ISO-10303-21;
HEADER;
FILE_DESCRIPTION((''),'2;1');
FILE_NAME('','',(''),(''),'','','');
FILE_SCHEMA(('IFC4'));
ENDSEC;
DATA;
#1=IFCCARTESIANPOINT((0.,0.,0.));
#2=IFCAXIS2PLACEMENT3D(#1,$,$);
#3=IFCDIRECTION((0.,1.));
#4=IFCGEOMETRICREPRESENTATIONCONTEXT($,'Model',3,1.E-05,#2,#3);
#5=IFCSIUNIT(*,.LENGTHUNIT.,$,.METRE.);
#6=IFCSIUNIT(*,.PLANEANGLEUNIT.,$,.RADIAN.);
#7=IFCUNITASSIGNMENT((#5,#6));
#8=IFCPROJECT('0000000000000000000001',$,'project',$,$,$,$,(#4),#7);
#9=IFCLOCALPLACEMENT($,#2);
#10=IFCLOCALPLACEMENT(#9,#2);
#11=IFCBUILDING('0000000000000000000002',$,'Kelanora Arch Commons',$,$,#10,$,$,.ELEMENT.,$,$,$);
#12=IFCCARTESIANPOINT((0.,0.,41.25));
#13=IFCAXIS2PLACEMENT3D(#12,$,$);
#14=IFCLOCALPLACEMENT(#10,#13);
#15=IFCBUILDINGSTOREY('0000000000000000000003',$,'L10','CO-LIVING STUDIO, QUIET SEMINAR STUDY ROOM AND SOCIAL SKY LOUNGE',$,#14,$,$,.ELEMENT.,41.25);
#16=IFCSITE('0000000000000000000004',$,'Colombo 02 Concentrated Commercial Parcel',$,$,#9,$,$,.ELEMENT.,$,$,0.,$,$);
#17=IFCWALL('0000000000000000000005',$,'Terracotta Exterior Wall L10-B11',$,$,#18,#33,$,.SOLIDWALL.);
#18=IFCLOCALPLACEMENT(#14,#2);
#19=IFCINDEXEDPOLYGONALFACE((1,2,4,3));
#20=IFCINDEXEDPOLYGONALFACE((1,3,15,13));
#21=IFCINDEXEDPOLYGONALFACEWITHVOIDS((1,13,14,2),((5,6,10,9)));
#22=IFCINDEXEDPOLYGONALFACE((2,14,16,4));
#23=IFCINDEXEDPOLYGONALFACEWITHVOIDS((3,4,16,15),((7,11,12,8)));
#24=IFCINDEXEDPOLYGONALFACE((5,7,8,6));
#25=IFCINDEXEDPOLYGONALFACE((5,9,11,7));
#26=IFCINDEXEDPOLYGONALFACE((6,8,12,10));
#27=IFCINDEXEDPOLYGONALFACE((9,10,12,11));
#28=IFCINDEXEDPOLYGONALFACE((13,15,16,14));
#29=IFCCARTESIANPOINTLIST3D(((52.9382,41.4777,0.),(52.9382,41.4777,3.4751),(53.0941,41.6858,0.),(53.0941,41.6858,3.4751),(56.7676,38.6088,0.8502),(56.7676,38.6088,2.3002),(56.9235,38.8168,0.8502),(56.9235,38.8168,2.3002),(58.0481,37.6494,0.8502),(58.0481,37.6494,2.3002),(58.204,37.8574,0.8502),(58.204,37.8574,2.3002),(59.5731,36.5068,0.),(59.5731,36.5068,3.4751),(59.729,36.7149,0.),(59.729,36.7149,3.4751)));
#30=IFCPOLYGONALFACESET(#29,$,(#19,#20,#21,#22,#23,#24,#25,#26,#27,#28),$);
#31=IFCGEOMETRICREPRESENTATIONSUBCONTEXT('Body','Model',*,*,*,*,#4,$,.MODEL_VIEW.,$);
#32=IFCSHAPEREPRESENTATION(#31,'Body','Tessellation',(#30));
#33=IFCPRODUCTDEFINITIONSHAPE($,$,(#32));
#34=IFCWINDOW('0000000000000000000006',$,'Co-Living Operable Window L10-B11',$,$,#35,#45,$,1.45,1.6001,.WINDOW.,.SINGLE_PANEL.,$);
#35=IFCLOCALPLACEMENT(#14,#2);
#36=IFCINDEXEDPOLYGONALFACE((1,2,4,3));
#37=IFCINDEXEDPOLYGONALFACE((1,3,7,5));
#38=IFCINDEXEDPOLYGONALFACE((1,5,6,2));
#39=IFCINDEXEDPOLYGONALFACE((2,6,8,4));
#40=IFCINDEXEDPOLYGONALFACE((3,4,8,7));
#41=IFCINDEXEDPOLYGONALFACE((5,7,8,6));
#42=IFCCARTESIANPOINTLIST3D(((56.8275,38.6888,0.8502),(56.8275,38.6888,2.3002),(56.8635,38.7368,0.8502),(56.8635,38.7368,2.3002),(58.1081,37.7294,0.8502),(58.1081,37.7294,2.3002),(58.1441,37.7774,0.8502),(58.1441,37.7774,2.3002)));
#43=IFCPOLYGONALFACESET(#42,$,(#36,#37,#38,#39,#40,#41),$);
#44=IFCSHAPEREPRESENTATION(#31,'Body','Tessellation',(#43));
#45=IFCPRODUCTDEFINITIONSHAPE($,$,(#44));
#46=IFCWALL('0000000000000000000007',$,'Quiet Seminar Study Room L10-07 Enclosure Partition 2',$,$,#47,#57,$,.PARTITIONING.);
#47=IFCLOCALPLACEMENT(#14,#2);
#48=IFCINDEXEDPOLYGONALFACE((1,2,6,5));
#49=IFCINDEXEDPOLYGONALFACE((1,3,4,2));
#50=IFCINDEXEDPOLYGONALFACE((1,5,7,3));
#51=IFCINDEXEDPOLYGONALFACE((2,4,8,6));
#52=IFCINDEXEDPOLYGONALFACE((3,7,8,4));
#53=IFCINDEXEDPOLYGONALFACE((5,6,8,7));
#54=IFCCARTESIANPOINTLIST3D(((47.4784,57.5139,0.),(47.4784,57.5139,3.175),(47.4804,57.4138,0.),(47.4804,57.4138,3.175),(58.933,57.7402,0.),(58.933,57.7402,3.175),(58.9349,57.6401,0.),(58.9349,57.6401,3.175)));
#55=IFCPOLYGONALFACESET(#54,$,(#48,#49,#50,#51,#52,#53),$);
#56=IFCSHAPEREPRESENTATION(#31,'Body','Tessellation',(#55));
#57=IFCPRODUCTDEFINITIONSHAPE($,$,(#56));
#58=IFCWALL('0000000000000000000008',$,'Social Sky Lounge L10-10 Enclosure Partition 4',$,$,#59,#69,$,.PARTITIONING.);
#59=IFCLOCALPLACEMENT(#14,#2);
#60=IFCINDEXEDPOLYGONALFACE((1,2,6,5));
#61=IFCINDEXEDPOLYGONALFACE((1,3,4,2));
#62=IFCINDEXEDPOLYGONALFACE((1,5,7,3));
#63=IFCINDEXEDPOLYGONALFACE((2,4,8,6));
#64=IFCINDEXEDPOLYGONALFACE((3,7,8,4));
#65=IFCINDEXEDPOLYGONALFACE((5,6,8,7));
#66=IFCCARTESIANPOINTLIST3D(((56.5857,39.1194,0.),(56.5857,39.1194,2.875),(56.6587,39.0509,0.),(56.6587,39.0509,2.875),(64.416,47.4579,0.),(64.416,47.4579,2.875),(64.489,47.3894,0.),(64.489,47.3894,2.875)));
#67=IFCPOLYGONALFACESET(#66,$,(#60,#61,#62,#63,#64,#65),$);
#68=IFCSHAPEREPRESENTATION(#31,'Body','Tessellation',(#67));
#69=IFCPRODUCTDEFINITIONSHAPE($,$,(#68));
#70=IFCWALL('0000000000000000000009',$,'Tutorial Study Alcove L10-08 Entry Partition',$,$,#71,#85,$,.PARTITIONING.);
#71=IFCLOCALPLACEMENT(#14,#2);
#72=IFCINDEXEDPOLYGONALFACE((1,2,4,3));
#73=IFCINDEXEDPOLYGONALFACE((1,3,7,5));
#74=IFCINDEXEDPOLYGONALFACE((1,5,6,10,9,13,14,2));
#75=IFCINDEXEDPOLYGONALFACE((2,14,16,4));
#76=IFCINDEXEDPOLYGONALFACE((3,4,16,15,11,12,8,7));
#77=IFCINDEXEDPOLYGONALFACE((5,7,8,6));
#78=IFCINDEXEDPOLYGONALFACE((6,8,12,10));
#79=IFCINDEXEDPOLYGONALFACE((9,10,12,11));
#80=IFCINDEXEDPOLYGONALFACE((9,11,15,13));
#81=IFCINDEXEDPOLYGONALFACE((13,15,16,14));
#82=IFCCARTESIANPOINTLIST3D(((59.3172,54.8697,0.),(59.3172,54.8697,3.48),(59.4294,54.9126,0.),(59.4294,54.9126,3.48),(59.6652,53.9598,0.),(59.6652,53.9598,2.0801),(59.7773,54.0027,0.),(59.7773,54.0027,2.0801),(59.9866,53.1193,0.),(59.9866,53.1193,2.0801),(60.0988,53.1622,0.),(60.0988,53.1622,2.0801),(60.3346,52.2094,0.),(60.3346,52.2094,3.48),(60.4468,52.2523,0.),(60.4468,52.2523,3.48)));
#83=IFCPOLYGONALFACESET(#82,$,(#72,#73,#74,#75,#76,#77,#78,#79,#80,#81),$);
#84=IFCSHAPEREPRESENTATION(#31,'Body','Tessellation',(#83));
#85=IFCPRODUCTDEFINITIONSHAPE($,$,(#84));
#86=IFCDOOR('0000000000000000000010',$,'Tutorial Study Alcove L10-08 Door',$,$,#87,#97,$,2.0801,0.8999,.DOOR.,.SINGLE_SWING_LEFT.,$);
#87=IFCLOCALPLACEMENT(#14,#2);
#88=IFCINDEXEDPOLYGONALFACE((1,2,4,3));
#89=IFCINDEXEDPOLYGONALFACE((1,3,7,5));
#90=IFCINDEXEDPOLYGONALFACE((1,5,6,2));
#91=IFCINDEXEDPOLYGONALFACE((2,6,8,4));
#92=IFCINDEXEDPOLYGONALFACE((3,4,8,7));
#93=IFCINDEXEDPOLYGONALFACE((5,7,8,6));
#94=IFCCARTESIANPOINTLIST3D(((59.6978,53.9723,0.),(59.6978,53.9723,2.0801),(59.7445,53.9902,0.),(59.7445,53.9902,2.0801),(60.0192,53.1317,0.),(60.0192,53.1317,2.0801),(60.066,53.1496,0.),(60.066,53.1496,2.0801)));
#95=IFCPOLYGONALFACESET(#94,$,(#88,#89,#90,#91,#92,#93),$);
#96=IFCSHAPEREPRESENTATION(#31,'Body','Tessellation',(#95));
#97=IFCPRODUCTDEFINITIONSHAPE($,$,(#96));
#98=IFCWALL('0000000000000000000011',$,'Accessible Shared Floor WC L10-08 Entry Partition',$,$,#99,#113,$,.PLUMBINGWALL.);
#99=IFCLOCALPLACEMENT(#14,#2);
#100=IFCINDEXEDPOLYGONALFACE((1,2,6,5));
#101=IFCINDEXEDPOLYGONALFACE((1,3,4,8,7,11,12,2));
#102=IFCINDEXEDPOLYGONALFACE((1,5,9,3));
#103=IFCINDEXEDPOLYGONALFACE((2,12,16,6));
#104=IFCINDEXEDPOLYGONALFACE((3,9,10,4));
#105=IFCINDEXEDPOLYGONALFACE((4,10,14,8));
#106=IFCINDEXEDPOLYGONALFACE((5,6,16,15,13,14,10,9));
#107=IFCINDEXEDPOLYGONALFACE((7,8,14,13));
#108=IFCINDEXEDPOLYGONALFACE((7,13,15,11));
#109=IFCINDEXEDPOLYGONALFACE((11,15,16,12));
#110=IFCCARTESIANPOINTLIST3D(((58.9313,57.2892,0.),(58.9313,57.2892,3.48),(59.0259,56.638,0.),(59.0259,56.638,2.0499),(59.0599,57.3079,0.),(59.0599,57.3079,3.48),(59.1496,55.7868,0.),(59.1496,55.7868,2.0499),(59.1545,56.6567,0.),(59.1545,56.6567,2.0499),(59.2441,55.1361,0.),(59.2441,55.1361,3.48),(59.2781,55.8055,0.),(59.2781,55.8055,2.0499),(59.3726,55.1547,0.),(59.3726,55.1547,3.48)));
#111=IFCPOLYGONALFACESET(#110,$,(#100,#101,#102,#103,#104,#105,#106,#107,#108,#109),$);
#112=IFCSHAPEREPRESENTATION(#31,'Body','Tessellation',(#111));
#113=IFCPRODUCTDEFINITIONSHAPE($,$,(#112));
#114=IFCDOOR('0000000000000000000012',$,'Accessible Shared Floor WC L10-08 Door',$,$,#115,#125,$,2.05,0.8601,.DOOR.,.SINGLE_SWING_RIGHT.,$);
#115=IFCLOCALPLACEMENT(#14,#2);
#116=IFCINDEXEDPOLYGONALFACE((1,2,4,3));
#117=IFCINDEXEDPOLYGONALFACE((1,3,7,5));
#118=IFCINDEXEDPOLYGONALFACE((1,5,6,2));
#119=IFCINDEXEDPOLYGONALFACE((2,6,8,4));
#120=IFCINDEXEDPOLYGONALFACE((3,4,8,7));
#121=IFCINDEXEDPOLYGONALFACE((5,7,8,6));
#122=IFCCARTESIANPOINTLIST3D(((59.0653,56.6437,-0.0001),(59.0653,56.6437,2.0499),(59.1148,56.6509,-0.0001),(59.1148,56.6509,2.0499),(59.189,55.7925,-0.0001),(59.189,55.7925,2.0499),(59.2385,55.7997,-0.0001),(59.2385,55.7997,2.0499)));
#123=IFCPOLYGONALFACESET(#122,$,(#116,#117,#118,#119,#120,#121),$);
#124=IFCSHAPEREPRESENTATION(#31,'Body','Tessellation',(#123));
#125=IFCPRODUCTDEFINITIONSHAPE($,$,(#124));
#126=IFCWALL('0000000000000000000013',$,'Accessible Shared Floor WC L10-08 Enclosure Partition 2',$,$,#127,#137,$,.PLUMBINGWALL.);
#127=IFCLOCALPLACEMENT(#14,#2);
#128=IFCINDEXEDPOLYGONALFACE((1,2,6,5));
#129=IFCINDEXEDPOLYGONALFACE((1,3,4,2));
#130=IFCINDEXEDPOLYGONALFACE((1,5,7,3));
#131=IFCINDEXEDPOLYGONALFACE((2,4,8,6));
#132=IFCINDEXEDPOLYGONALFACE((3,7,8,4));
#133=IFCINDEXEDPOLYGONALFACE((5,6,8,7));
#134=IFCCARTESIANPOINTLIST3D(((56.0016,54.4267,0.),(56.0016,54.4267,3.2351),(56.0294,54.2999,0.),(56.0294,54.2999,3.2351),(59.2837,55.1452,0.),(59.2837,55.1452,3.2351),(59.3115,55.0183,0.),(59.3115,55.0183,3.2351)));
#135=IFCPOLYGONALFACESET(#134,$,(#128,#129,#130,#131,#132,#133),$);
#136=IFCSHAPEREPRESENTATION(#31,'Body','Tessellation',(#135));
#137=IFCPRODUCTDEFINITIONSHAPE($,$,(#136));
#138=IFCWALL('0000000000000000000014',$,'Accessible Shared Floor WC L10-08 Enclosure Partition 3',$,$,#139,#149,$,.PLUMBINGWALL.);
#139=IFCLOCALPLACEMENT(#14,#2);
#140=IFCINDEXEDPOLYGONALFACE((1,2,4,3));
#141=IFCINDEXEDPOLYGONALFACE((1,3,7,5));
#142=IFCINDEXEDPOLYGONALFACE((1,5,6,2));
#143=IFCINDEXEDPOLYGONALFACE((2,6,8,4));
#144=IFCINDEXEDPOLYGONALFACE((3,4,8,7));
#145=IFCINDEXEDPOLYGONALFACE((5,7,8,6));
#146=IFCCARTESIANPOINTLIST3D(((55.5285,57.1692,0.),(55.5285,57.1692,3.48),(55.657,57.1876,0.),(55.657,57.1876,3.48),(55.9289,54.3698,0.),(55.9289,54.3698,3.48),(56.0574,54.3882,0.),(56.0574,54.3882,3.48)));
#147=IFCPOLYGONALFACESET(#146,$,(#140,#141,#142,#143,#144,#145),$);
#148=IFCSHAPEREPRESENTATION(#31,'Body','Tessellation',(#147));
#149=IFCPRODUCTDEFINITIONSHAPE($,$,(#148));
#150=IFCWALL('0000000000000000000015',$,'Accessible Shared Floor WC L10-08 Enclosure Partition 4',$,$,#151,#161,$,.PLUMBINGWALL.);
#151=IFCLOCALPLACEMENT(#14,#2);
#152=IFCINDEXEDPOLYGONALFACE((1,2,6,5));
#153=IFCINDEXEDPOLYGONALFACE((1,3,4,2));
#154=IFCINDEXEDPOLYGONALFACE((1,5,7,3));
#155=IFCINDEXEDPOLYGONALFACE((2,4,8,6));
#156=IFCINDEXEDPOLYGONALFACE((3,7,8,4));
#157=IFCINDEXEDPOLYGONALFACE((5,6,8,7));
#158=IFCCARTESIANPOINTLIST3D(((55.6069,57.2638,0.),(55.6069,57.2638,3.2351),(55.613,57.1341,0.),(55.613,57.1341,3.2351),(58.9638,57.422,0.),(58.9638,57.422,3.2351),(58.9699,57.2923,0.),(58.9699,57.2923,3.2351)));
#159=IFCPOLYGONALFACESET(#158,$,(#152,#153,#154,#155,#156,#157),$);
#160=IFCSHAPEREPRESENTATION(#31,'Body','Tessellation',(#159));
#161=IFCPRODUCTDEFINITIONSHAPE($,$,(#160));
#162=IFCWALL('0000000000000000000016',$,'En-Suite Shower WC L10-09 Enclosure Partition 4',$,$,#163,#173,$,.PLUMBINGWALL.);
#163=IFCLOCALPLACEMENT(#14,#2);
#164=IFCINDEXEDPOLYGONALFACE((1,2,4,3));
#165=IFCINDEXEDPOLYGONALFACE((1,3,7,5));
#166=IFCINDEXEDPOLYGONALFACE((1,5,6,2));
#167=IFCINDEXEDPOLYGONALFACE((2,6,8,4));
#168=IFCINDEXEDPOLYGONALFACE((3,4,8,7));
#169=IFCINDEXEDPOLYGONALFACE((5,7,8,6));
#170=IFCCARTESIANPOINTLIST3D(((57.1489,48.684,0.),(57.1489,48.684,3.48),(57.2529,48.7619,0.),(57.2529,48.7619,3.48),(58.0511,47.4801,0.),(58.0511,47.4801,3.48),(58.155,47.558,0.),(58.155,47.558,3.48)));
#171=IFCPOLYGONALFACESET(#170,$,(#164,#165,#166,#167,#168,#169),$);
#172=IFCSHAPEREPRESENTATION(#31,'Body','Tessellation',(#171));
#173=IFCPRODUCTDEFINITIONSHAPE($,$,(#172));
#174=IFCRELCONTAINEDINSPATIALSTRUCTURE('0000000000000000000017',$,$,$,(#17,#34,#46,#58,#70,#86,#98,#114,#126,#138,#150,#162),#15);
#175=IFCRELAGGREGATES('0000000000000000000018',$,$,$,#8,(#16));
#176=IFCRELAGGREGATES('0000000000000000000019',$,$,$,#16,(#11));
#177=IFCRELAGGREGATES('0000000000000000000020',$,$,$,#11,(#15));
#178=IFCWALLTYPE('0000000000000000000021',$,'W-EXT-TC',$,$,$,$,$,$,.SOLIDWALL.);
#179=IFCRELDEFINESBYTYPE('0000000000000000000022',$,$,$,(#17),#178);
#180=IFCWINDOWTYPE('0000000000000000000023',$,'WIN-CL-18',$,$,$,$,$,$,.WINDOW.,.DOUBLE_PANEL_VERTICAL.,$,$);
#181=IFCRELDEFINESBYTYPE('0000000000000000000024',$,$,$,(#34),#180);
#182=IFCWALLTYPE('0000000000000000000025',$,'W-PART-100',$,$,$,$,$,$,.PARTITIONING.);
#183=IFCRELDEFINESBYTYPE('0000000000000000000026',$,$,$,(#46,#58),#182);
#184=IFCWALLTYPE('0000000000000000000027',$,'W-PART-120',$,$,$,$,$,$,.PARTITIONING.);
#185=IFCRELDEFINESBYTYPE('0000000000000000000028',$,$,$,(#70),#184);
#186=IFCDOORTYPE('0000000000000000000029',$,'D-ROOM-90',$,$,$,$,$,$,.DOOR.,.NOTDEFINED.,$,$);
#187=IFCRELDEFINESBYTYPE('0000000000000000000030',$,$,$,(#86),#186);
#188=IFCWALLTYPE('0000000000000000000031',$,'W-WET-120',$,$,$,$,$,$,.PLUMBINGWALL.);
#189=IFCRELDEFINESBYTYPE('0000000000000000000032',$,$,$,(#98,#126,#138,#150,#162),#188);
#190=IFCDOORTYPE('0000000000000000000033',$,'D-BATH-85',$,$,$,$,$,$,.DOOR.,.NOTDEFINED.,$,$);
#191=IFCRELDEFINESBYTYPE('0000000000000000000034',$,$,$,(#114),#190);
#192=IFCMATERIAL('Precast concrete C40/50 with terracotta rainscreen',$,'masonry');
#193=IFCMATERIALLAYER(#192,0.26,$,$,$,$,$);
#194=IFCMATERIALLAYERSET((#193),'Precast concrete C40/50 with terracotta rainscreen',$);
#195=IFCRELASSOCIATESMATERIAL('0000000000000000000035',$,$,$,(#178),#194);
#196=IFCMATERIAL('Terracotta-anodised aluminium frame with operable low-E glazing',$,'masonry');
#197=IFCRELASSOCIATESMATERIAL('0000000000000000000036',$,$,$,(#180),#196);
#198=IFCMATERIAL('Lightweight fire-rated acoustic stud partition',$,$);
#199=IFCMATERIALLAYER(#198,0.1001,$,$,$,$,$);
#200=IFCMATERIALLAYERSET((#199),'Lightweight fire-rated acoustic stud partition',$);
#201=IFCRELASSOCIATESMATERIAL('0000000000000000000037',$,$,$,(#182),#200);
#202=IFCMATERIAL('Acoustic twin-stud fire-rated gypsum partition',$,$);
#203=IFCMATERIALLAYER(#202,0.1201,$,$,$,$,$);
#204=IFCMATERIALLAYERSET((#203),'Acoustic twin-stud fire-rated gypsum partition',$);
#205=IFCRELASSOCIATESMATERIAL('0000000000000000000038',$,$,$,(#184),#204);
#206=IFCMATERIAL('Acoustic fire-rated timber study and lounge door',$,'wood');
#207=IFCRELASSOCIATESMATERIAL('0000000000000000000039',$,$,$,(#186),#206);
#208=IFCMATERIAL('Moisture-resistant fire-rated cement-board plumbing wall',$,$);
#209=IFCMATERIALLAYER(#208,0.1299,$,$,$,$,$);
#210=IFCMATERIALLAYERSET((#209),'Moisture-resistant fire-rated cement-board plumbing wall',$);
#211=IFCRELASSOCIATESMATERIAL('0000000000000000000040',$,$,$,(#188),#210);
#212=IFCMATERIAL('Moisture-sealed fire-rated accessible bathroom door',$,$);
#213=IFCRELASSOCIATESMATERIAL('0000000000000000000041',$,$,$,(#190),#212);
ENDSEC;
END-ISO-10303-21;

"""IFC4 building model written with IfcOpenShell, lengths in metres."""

from ifc_helpers import new_model, si_unit, direction, frame, frame_2d, origin, place, context, subcontext, project, spatial, rectangle, extrude, material, layer, layer_set, type_object, element, fill, save


model = new_model("IFC4")

# Units and contexts
model_context = context("Model", 3, precision=1e-05, world=origin(), true_north=direction((0.0, 1.0)))
body_context = subcontext(model_context, "Body", "Model", "MODEL_VIEW")
ifc_project = project(units=[si_unit("LENGTHUNIT", "METRE"), si_unit("PLANEANGLEUNIT", "RADIAN")], contexts=[model_context])

# Site, building, storey
site_placement = place(None, origin())
site = spatial("IfcSite", under=ifc_project, at=site_placement, Name="Colombo 02 Concentrated Commercial Parcel", CompositionType="ELEMENT", RefElevation=0.0)
building_placement = place(site_placement, origin())
building = spatial("IfcBuilding", under=site, at=building_placement, Name="Kelanora Arch Commons", CompositionType="ELEMENT")
storey_placement = place(building_placement, frame((0.0, 0.0, 41.25)))
storey = spatial("IfcBuildingStorey", under=building, at=storey_placement, Name="L10", Description="CO-LIVING STUDIO, QUIET SEMINAR STUDY ROOM AND SOCIAL SKY LOUNGE", CompositionType="ELEMENT", Elevation=41.25)

# Wall, opening, window
ifc_material_1 = material(Name="Precast concrete C40/50 with terracotta rainscreen", Category="masonry")
ifc_layer_1 = layer(ifc_material_1, 0.26)
ifc_layer_set_1 = layer_set([ifc_layer_1], Name="Precast concrete C40/50 with terracotta rainscreen")
wall_type_1 = type_object("IfcWallType", Name="W-EXT-TC", PredefinedType="SOLIDWALL", material=ifc_layer_set_1)
wall_1_placement = place(storey_placement, frame((53.0161, 41.5818, 0.0), z_axis=(0.0, 0.0, 1.0), x_axis=(0.800307, -0.59959, 0.0)))
wall_1 = element("IfcWall", 1, at=wall_1_placement, inside=storey, type_object=wall_type_1, Name="Terracotta Exterior Wall L10-B11", PredefinedType="SOLIDWALL", context=body_context, shape_type="SweptSolid", body=[
    extrude(rectangle(XDim=8.2905, YDim=0.26, at=frame_2d((4.1453, 0.0))), origin(), (0.0, 0.0, 1.0), 3.4751),
])
opening_1_placement = place(wall_1_placement, frame((4.7849, 0.0, 0.8501)))
opening_1 = element("IfcOpeningElement", 2, at=opening_1_placement, cuts=wall_1, PredefinedType="OPENING", context=body_context, shape_type="SweptSolid", body=[
    extrude(rectangle(XDim=1.6001, YDim=1.45, at=frame_2d((0.8, 0.7251))), frame((0.0, 0.1401, 0.0), z_axis=(0.0, -1.0, 0.0), x_axis=(1.0, 0.0, 0.0)), (0.0, 0.0, 1.0), 0.28),
])
ifc_material_2 = material(Name="Terracotta-anodised aluminium frame with operable low-E glazing", Category="masonry")
window_type = type_object("IfcWindowType", Name="WIN-CL-18", PartitioningType="DOUBLE_PANEL_VERTICAL", PredefinedType="WINDOW", material=ifc_material_2)
window_placement = place(opening_1_placement, origin())
window = element("IfcWindow", 3, at=window_placement, inside=storey, type_object=window_type, Name="Co-Living Operable Window L10-B11", OverallHeight=1.45, OverallWidth=1.6001, PartitioningType="SINGLE_PANEL", PredefinedType="WINDOW", context=body_context, shape_type="SweptSolid", body=[
    extrude(rectangle(XDim=1.6001, YDim=1.45, at=frame_2d((0.8, 0.7251))), frame((0.0, 0.03, 0.0), z_axis=(0.0, -1.0, 0.0), x_axis=(1.0, 0.0, 0.0)), (0.0, 0.0, 1.0), 0.0601),
])
fill(opening_1, window)

# Walls
ifc_material_3 = material(Name="Lightweight fire-rated acoustic stud partition")
ifc_layer_2 = layer(ifc_material_3, 0.1001)
ifc_layer_set_2 = layer_set([ifc_layer_2], Name="Lightweight fire-rated acoustic stud partition")
wall_type_2 = type_object("IfcWallType", Name="W-PART-100", PredefinedType="PARTITIONING", material=ifc_layer_set_2)
wall_2_placement = place(storey_placement, frame((58.9341, 57.6902, 0.0), z_axis=(0.0, 0.0, 1.0), x_axis=(-0.999805, -0.019754, 0.0)))
element("IfcWall", 4, at=wall_2_placement, inside=storey, type_object=wall_type_2, Name="Quiet Seminar Study Room L10-07 Enclosure Partition 2", PredefinedType="PARTITIONING", context=body_context, shape_type="SweptSolid", body=[
    extrude(rectangle(XDim=11.4568, YDim=0.1001, at=frame_2d((5.7285, 0.0))), origin(), (0.0, 0.0, 1.0), 3.175),
])
wall_3_placement = place(storey_placement, frame((56.6223, 39.0852, 0.0), z_axis=(0.0, 0.0, 1.0), x_axis=(0.684539, 0.728976, 0.0)))
element("IfcWall", 5, at=wall_3_placement, inside=storey, type_object=wall_type_2, Name="Social Sky Lounge L10-10 Enclosure Partition 4", PredefinedType="PARTITIONING", context=body_context, shape_type="SweptSolid", body=[
    extrude(rectangle(XDim=11.4387, YDim=0.1001, at=frame_2d((5.7192, 0.0))), origin(), (0.0, 0.0, 1.0), 2.875),
])

# Walls, openings, doors
ifc_material_4 = material(Name="Acoustic twin-stud fire-rated gypsum partition")
ifc_layer_3 = layer(ifc_material_4, 0.1201)
ifc_layer_set_3 = layer_set([ifc_layer_3], Name="Acoustic twin-stud fire-rated gypsum partition")
wall_type_3 = type_object("IfcWallType", Name="W-PART-120", PredefinedType="PARTITIONING", material=ifc_layer_set_3)
wall_4_placement = place(storey_placement, frame((59.3733, 54.8911, 0.0), z_axis=(0.0, 0.0, 1.0), x_axis=(0.357203, -0.934027, 0.0)))
wall_4 = element("IfcWall", 6, at=wall_4_placement, inside=storey, type_object=wall_type_3, Name="Tutorial Study Alcove L10-08 Entry Partition", PredefinedType="PARTITIONING", context=body_context, shape_type="SweptSolid", body=[
    extrude(rectangle(XDim=2.8481, YDim=0.1201, at=frame_2d((1.4241, 0.0))), origin(), (0.0, 0.0, 1.0), 3.48),
])
opening_2_placement = place(wall_4_placement, frame((0.9741, 0.0, 0.0)))
opening_2 = element("IfcOpeningElement", 7, at=opening_2_placement, cuts=wall_4, PredefinedType="OPENING", context=body_context, shape_type="SweptSolid", body=[
    extrude(rectangle(XDim=0.8999, YDim=2.0801, at=frame_2d((0.45, 1.04))), frame((0.0, 0.0701, 0.0), z_axis=(0.0, -1.0, 0.0), x_axis=(1.0, 0.0, 0.0)), (0.0, 0.0, 1.0), 0.1401),
])
ifc_material_5 = material(Name="Acoustic fire-rated timber study and lounge door", Category="wood")
door_type_1 = type_object("IfcDoorType", Name="D-ROOM-90", OperationType="NOTDEFINED", PredefinedType="DOOR", material=ifc_material_5)
door_1_placement = place(opening_2_placement, origin())
door_1 = element("IfcDoor", 8, at=door_1_placement, inside=storey, type_object=door_type_1, Name="Tutorial Study Alcove L10-08 Door", OperationType="SINGLE_SWING_LEFT", OverallHeight=2.0801, OverallWidth=0.8999, PredefinedType="DOOR", context=body_context, shape_type="SweptSolid", body=[
    extrude(rectangle(XDim=0.8999, YDim=2.0801, at=frame_2d((0.45, 1.04))), frame((0.0, 0.0249, 0.0), z_axis=(0.0, -1.0, 0.0), x_axis=(1.0, 0.0, 0.0)), (0.0, 0.0, 1.0), 0.05),
])
fill(opening_2, door_1)
ifc_material_6 = material(Name="Moisture-resistant fire-rated cement-board plumbing wall")
ifc_layer_4 = layer(ifc_material_6, 0.1299)
ifc_layer_set_4 = layer_set([ifc_layer_4], Name="Moisture-resistant fire-rated cement-board plumbing wall")
wall_type_4 = type_object("IfcWallType", Name="W-WET-120", PredefinedType="PLUMBINGWALL", material=ifc_layer_set_4)
wall_5_placement = place(storey_placement, frame((58.9956, 57.2986, 0.0), z_axis=(0.0, 0.0, 1.0), x_axis=(0.143746, -0.989615, 0.0)))
wall_5 = element("IfcWall", 9, at=wall_5_placement, inside=storey, type_object=wall_type_4, Name="Accessible Shared Floor WC L10-08 Entry Partition", PredefinedType="PLUMBINGWALL", context=body_context, shape_type="SweptSolid", body=[
    extrude(rectangle(XDim=2.1758, YDim=0.1299, at=frame_2d((1.0879, 0.0))), origin(), (0.0, 0.0, 1.0), 3.48),
])
opening_3_placement = place(wall_5_placement, frame((0.658, 0.0, 0.0)))
opening_3 = element("IfcOpeningElement", 10, at=opening_3_placement, cuts=wall_5, PredefinedType="OPENING", context=body_context, shape_type="SweptSolid", body=[
    extrude(rectangle(XDim=0.8601, YDim=2.05, at=frame_2d((0.4302, 1.0249))), frame((0.0, 0.075, 0.0), z_axis=(0.0, -1.0, 0.0), x_axis=(1.0, 0.0, 0.0)), (0.0, 0.0, 1.0), 0.1499),
])
ifc_material_7 = material(Name="Moisture-sealed fire-rated accessible bathroom door")
door_type_2 = type_object("IfcDoorType", Name="D-BATH-85", OperationType="NOTDEFINED", PredefinedType="DOOR", material=ifc_material_7)
door_2_placement = place(opening_3_placement, origin())
door_2 = element("IfcDoor", 11, at=door_2_placement, inside=storey, type_object=door_type_2, Name="Accessible Shared Floor WC L10-08 Door", OperationType="SINGLE_SWING_RIGHT", OverallHeight=2.05, OverallWidth=0.8601, PredefinedType="DOOR", context=body_context, shape_type="SweptSolid", body=[
    extrude(rectangle(XDim=0.8601, YDim=2.05, at=frame_2d((0.4302, 1.0249))), frame((0.0, 0.0249, 0.0), z_axis=(0.0, -1.0, 0.0), x_axis=(1.0, 0.0, 0.0)), (0.0, 0.0, 1.0), 0.05),
])
fill(opening_3, door_2)

# Walls
wall_6_placement = place(storey_placement, frame((59.2976, 55.0818, 0.0), z_axis=(0.0, 0.0, 1.0), x_axis=(-0.976868, -0.213844, 0.0)))
element("IfcWall", 12, at=wall_6_placement, inside=storey, type_object=wall_type_4, Name="Accessible Shared Floor WC L10-08 Enclosure Partition 2", PredefinedType="PLUMBINGWALL", context=body_context, shape_type="SweptSolid", body=[
    extrude(rectangle(XDim=3.3599, YDim=0.1299, at=frame_2d((1.6799, 0.0))), origin(), (0.0, 0.0, 1.0), 3.2351),
])
wall_7_placement = place(storey_placement, frame((55.9932, 54.3789, 0.0), z_axis=(0.0, 0.0, 1.0), x_axis=(-0.141591, 0.989925, 0.0)))
element("IfcWall", 13, at=wall_7_placement, inside=storey, type_object=wall_type_4, Name="Accessible Shared Floor WC L10-08 Enclosure Partition 3", PredefinedType="PLUMBINGWALL", context=body_context, shape_type="SweptSolid", body=[
    extrude(rectangle(XDim=2.8279, YDim=0.1299, at=frame_2d((1.4141, 0.0))), origin(), (0.0, 0.0, 1.0), 3.48),
])
wall_8_placement = place(storey_placement, frame((55.6101, 57.199, 0.0), z_axis=(0.0, 0.0, 1.0), x_axis=(0.998891, 0.047075, 0.0)))
element("IfcWall", 14, at=wall_8_placement, inside=storey, type_object=wall_type_4, Name="Accessible Shared Floor WC L10-08 Enclosure Partition 4", PredefinedType="PLUMBINGWALL", context=body_context, shape_type="SweptSolid", body=[
    extrude(rectangle(XDim=3.3606, YDim=0.1299, at=frame_2d((1.6802, 0.0))), origin(), (0.0, 0.0, 1.0), 3.2351),
])
wall_9_placement = place(storey_placement, frame((58.103, 47.519, 0.0), z_axis=(0.0, 0.0, 1.0), x_axis=(-0.599662, 0.800253, 0.0)))
element("IfcWall", 15, at=wall_9_placement, inside=storey, type_object=wall_type_4, Name="En-Suite Shower WC L10-09 Enclosure Partition 4", PredefinedType="PLUMBINGWALL", context=body_context, shape_type="SweptSolid", body=[
    extrude(rectangle(XDim=1.5044, YDim=0.1299, at=frame_2d((0.7522, 0.0))), origin(), (0.0, 0.0, 1.0), 3.48),
])

save(model, "model.ifc")
